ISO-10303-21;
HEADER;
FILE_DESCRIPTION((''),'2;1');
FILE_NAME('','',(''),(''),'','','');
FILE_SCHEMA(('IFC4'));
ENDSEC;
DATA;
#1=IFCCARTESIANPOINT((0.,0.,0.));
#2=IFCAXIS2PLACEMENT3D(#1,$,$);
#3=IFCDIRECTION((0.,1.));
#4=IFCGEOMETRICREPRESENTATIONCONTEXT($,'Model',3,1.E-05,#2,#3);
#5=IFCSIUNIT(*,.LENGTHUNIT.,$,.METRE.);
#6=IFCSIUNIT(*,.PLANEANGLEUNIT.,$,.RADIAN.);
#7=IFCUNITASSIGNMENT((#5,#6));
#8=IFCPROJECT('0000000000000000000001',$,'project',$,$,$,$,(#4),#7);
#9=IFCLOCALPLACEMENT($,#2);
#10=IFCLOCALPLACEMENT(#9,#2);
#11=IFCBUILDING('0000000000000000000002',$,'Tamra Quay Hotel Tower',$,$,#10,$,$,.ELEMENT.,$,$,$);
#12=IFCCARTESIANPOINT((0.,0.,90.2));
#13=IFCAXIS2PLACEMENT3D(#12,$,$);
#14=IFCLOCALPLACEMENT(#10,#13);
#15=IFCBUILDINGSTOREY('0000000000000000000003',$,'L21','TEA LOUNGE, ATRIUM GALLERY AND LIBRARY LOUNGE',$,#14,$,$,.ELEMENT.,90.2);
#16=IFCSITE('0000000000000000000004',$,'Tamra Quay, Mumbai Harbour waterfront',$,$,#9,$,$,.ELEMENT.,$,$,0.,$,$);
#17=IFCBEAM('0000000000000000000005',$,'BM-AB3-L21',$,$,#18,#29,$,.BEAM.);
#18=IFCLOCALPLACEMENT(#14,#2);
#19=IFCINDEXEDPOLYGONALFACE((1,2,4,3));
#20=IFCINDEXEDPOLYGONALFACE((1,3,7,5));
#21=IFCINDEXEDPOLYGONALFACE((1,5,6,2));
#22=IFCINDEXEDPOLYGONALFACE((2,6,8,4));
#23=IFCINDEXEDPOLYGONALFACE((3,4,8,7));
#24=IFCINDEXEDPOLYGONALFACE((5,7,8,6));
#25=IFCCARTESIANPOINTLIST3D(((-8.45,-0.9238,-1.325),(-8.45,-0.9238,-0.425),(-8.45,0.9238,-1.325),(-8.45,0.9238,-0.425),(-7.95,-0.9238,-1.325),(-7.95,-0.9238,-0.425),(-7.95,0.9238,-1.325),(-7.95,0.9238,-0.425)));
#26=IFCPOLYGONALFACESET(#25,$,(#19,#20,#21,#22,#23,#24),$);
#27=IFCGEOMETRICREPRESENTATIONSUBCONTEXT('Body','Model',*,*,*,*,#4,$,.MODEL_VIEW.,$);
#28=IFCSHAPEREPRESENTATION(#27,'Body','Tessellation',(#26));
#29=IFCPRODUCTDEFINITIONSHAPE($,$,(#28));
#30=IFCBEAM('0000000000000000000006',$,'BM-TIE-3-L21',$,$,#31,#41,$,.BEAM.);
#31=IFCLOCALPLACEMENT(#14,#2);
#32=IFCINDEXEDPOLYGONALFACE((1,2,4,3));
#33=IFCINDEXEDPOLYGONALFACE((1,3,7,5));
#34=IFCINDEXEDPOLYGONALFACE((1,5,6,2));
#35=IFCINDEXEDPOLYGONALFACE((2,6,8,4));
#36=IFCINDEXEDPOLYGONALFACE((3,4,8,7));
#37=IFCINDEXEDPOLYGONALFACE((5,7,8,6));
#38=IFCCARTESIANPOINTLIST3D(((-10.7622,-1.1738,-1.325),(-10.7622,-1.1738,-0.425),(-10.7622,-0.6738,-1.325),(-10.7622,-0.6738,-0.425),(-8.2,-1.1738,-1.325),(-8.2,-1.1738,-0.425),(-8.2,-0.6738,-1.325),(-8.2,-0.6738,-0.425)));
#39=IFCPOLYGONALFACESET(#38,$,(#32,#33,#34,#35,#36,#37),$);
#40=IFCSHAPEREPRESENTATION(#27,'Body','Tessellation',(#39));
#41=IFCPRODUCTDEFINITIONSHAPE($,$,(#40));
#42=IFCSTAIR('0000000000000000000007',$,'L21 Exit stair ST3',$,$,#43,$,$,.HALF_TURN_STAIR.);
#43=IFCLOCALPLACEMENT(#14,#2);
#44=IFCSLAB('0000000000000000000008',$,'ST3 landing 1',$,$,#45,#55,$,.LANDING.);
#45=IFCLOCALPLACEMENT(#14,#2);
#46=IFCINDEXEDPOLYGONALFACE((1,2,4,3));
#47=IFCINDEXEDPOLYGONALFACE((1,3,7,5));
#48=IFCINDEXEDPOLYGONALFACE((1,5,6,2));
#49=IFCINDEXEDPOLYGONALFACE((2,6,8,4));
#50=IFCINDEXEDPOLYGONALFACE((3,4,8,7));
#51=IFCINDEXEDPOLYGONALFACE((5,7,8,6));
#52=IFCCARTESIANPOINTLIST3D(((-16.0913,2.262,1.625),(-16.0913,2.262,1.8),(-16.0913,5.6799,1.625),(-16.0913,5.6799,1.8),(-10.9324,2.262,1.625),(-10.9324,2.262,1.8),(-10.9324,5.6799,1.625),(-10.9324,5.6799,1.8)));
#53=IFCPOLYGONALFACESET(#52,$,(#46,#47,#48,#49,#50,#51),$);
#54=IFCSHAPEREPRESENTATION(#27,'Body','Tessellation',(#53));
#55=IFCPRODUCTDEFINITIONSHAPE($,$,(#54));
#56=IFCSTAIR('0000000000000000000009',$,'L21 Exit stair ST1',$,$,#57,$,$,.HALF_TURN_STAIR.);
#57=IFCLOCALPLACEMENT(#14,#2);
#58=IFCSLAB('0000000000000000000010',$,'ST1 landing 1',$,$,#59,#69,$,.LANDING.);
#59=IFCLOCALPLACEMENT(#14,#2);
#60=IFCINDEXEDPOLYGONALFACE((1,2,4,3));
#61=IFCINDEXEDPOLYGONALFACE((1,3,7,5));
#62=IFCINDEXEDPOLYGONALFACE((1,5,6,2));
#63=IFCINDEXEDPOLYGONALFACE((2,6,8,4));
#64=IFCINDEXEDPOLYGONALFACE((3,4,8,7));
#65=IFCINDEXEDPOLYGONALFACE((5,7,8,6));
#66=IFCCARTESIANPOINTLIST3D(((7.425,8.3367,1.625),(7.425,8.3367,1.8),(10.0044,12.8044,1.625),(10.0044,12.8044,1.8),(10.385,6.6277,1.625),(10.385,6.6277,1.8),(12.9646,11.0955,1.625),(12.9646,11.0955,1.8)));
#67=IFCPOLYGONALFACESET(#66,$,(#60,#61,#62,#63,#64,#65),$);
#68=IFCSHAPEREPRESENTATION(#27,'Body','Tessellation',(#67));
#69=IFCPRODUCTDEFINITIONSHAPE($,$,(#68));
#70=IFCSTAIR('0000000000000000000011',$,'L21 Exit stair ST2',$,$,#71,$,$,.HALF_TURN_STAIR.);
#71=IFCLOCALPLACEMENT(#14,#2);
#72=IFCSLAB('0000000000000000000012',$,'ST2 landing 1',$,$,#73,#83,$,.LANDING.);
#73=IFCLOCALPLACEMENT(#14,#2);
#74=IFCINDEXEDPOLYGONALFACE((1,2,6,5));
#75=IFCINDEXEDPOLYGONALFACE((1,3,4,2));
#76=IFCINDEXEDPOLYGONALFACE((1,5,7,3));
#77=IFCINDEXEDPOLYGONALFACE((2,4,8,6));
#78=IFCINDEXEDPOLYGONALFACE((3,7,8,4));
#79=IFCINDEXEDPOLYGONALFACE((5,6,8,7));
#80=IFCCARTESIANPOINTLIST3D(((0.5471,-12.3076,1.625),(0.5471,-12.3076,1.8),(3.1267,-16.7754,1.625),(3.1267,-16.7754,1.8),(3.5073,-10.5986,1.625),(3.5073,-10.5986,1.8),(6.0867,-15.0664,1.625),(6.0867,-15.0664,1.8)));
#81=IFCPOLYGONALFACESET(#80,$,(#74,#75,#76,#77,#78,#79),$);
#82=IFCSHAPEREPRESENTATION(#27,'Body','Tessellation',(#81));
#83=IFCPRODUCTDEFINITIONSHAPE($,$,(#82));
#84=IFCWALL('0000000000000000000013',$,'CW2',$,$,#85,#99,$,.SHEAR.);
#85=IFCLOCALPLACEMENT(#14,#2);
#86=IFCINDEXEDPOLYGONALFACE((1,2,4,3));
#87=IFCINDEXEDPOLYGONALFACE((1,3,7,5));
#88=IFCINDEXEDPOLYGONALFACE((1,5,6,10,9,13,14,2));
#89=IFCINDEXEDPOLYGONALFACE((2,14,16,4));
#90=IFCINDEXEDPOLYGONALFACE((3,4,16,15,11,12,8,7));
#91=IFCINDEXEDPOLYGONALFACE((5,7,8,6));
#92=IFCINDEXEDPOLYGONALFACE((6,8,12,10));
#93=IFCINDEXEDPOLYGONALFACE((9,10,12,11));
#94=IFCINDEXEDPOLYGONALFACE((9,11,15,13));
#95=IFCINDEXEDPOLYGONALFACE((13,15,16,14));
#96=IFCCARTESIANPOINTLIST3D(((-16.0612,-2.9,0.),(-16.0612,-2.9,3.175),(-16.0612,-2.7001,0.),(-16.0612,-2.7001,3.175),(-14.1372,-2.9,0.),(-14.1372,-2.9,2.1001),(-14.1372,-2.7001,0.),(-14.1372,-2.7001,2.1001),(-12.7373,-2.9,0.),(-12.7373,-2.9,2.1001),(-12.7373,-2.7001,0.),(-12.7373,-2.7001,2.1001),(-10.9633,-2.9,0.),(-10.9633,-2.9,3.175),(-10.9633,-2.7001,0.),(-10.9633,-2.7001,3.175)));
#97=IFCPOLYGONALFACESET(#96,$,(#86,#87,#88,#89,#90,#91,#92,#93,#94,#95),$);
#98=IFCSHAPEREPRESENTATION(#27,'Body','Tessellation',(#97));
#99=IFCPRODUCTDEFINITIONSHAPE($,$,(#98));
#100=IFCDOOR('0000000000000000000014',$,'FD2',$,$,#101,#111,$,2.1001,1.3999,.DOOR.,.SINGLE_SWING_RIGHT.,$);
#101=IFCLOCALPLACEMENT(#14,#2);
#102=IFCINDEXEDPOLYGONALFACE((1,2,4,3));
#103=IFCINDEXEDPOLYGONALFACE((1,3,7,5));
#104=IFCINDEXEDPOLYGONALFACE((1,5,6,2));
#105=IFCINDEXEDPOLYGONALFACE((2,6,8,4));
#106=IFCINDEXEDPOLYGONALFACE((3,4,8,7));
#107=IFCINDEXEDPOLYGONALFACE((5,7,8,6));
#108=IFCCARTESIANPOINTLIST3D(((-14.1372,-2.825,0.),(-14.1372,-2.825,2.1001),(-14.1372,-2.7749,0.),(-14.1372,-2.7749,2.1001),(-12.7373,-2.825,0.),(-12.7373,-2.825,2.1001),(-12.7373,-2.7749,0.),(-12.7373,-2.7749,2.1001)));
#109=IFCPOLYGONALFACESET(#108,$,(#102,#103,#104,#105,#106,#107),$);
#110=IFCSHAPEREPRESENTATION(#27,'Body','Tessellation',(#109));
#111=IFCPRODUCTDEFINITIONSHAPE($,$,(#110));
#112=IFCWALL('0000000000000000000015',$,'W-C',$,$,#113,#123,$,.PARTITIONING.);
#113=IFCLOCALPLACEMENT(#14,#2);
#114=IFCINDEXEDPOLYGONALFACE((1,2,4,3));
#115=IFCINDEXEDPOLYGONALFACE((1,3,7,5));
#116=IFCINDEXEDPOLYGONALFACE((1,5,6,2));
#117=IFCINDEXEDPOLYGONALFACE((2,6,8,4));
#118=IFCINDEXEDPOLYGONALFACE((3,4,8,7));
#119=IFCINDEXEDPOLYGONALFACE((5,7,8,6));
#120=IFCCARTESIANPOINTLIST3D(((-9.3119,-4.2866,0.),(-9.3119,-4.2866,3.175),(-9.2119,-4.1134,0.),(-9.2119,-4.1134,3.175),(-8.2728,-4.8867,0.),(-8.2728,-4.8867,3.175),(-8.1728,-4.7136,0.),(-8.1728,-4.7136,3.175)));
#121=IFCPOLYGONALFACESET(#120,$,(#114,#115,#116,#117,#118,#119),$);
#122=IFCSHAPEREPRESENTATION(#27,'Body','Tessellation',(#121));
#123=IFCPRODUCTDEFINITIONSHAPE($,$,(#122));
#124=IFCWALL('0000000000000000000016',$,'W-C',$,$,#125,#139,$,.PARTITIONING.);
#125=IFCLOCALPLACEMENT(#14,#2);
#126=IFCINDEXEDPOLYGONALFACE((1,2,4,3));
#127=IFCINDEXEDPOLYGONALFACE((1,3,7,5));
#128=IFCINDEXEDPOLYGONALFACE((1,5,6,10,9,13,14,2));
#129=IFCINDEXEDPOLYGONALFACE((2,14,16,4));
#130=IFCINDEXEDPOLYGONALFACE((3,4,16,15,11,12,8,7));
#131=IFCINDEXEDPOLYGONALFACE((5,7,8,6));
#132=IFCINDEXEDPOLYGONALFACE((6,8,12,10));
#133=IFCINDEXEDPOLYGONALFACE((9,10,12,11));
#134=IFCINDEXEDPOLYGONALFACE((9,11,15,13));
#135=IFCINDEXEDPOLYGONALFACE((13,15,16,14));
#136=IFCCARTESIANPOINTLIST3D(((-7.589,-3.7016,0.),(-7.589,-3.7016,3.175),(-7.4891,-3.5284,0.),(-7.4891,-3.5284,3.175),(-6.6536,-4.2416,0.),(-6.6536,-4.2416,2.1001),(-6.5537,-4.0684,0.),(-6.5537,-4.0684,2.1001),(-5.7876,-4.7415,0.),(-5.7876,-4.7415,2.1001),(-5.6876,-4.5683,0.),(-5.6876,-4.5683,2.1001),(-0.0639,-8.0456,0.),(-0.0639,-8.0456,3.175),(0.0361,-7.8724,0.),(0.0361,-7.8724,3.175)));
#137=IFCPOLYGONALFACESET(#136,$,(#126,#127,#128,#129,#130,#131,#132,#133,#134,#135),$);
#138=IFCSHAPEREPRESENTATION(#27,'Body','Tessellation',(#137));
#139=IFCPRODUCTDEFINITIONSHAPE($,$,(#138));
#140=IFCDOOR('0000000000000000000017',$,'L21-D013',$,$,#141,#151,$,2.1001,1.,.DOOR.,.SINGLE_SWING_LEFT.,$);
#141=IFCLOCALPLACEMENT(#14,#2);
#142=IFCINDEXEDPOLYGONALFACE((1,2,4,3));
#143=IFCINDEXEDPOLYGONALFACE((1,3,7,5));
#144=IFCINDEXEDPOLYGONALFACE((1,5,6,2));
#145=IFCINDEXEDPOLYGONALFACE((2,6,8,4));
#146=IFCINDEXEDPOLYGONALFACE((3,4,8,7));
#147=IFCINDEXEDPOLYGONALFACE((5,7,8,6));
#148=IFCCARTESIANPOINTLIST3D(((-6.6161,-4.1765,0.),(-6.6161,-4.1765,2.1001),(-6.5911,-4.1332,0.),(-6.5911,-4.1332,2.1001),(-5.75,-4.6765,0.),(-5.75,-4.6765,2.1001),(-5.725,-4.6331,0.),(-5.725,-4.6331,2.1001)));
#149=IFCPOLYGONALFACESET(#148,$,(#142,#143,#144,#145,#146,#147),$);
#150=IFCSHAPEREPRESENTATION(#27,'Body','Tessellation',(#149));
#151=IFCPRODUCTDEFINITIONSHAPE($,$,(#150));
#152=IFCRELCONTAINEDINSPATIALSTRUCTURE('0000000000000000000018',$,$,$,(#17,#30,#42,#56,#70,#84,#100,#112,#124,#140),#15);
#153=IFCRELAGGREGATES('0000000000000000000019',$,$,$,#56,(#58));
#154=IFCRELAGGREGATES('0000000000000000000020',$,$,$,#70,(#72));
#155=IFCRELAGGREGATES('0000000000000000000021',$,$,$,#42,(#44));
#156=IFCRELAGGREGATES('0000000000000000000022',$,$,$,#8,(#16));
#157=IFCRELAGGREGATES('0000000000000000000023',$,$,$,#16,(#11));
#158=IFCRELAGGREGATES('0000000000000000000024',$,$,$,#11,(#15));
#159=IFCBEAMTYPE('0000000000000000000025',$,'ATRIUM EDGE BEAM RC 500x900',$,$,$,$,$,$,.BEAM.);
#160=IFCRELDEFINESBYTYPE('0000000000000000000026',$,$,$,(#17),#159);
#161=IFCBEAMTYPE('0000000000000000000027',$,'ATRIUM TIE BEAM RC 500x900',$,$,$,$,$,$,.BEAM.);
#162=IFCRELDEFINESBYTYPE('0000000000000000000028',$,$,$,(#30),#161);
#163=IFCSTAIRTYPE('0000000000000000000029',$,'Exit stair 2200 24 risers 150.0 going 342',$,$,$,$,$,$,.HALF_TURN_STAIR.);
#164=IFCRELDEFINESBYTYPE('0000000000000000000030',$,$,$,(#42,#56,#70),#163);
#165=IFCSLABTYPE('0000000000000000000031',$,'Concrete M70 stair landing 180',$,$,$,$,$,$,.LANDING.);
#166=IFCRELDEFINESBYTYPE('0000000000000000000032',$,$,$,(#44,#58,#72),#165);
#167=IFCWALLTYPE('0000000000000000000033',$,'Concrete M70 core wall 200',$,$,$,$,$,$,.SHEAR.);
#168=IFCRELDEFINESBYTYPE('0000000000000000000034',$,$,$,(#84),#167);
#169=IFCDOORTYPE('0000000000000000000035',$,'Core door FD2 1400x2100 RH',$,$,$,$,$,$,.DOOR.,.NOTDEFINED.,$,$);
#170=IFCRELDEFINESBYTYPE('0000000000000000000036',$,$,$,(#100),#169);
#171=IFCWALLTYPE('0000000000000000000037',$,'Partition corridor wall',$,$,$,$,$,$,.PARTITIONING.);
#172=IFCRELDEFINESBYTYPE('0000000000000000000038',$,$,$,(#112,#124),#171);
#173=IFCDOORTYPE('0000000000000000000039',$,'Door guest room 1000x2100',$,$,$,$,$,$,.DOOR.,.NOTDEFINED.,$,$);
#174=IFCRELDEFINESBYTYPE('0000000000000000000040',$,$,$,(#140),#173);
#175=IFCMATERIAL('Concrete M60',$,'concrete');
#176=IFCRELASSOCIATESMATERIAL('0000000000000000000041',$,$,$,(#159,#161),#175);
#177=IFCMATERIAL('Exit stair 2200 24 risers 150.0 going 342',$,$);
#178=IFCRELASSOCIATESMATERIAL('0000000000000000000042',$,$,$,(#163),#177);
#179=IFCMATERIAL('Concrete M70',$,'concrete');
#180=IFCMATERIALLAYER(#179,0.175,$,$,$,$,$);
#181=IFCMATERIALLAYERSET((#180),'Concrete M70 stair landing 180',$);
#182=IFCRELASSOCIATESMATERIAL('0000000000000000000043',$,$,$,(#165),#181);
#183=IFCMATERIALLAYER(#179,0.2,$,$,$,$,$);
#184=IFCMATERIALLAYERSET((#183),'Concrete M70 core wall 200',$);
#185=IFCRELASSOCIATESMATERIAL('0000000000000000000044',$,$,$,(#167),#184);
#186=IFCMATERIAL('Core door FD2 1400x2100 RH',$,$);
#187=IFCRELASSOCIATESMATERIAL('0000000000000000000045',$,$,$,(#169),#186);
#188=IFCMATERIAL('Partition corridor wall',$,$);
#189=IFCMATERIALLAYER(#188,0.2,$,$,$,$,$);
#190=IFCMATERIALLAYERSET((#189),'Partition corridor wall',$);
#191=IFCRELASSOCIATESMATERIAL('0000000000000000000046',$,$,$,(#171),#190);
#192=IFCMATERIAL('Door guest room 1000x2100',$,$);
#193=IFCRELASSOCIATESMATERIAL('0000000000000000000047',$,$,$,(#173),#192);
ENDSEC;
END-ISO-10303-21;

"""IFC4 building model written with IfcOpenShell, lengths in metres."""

from ifc_helpers import new_model, si_unit, direction, frame, frame_2d, origin, origin_2d, place, context, subcontext, project, spatial, polyline, rectangle, outline, extrude, material, layer, layer_set, material_profile, profile_set, type_object, element, fill, aggregate, save


model = new_model("IFC4")

# Units and contexts
model_context = context("Model", 3, precision=1e-05, world=origin(), true_north=direction((0.0, 1.0)))
body_context = subcontext(model_context, "Body", "Model", "MODEL_VIEW")
ifc_project = project(units=[si_unit("LENGTHUNIT", "METRE"), si_unit("PLANEANGLEUNIT", "RADIAN")], contexts=[model_context])

# Site, building, storey
site_placement = place(None, origin())
site = spatial("IfcSite", under=ifc_project, at=site_placement, Name="Tamra Quay, Mumbai Harbour waterfront", CompositionType="ELEMENT", RefElevation=0.0)
building_placement = place(site_placement, origin())
building = spatial("IfcBuilding", under=site, at=building_placement, Name="Tamra Quay Hotel Tower", CompositionType="ELEMENT")
storey_placement = place(building_placement, frame((0.0, 0.0, 90.2)))
storey = spatial("IfcBuildingStorey", under=building, at=storey_placement, Name="L21", Description="TEA LOUNGE, ATRIUM GALLERY AND LIBRARY LOUNGE", CompositionType="ELEMENT", Elevation=90.2)

# Beams
ifc_material_1 = material(Name="Concrete M60", Category="concrete")
ifc_material_profile_1 = material_profile(ifc_material_1, rectangle(XDim=0.5, YDim=0.8999, at=origin_2d()), Name="ATRIUM EDGE BEAM RC 500x900")
ifc_profile_set_1 = profile_set([ifc_material_profile_1], Name="Concrete M60")
beam_type_1 = type_object("IfcBeamType", Name="ATRIUM EDGE BEAM RC 500x900", PredefinedType="BEAM", material=ifc_profile_set_1)
beam_1_placement = place(storey_placement, frame((-8.2, -0.9238, -0.875), z_axis=(0.0, 1.0, 0.0), x_axis=(-1.0, 0.0, 0.0)))
element("IfcBeam", 1, at=beam_1_placement, inside=storey, type_object=beam_type_1, Name="BM-AB3-L21", PredefinedType="BEAM", context=body_context, shape_type="SweptSolid", body=[
    extrude(rectangle(XDim=0.5, YDim=0.8999, at=origin_2d()), origin(), (0.0, 0.0, 1.0), 1.8477),
])
ifc_material_profile_2 = material_profile(ifc_material_1, rectangle(XDim=0.5, YDim=0.8999, at=origin_2d()), Name="ATRIUM TIE BEAM RC 500x900")
ifc_profile_set_2 = profile_set([ifc_material_profile_2], Name="Concrete M60")
beam_type_2 = type_object("IfcBeamType", Name="ATRIUM TIE BEAM RC 500x900", PredefinedType="BEAM", material=ifc_profile_set_2)
beam_2_placement = place(storey_placement, frame((-8.2, -0.9238, -0.875), z_axis=(-1.0, 0.0, 0.0), x_axis=(0.0, -1.0, 0.0)))
element("IfcBeam", 2, at=beam_2_placement, inside=storey, type_object=beam_type_2, Name="BM-TIE-3-L21", PredefinedType="BEAM", context=body_context, shape_type="SweptSolid", body=[
    extrude(rectangle(XDim=0.5, YDim=0.8999, at=origin_2d()), origin(), (0.0, 0.0, 1.0), 2.5623),
])

# Stairs, slabs
ifc_material_2 = material(Name="Exit stair 2200 24 risers 150.0 going 342")
stair_type = type_object("IfcStairType", Name="Exit stair 2200 24 risers 150.0 going 342", PredefinedType="HALF_TURN_STAIR", material=ifc_material_2)
stair_1_placement = place(storey_placement, origin())
stair_1 = element("IfcStair", 3, at=stair_1_placement, inside=storey, type_object=stair_type, Name="L21 Exit stair ST3", PredefinedType="HALF_TURN_STAIR")
ifc_material_3 = material(Name="Concrete M70", Category="concrete")
ifc_layer_1 = layer(ifc_material_3, 0.175)
ifc_layer_set_1 = layer_set([ifc_layer_1], Name="Concrete M70 stair landing 180")
slab_type_1 = type_object("IfcSlabType", Name="Concrete M70 stair landing 180", PredefinedType="LANDING", material=ifc_layer_set_1)
slab_1_placement = place(storey_placement, frame((0.0, 0.0, 1.625)))
slab_1 = element("IfcSlab", 4, at=slab_1_placement, type_object=slab_type_1, Name="ST3 landing 1", PredefinedType="LANDING", context=body_context, shape_type="SweptSolid", body=[
    extrude(outline(polyline([(-10.9324, 2.262), (-10.9324, 5.6799), (-16.0913, 5.6799), (-16.0913, 2.262), (-10.9324, 2.262)])), origin(), (0.0, 0.0, 1.0), 0.175),
])
stair_2_placement = place(storey_placement, origin())
stair_2 = element("IfcStair", 5, at=stair_2_placement, inside=storey, type_object=stair_type, Name="L21 Exit stair ST1", PredefinedType="HALF_TURN_STAIR")
slab_2_placement = place(storey_placement, frame((0.0, 0.0, 1.625)))
slab_2 = element("IfcSlab", 6, at=slab_2_placement, type_object=slab_type_1, Name="ST1 landing 1", PredefinedType="LANDING", context=body_context, shape_type="SweptSolid", body=[
    extrude(outline(polyline([(7.425, 8.3367), (10.385, 6.6277), (12.9646, 11.0955), (10.0044, 12.8044), (7.425, 8.3367)])), origin(), (0.0, 0.0, 1.0), 0.175),
])
aggregate(stair_2, [slab_2])
stair_3_placement = place(storey_placement, origin())
stair_3 = element("IfcStair", 7, at=stair_3_placement, inside=storey, type_object=stair_type, Name="L21 Exit stair ST2", PredefinedType="HALF_TURN_STAIR")
slab_3_placement = place(storey_placement, frame((0.0, 0.0, 1.625)))
slab_3 = element("IfcSlab", 8, at=slab_3_placement, type_object=slab_type_1, Name="ST2 landing 1", PredefinedType="LANDING", context=body_context, shape_type="SweptSolid", body=[
    extrude(outline(polyline([(3.5073, -10.5986), (0.5471, -12.3076), (3.1267, -16.7754), (6.0867, -15.0664), (3.5073, -10.5986)])), origin(), (0.0, 0.0, 1.0), 0.175),
])
aggregate(stair_3, [slab_3])

# Wall, opening, door
ifc_layer_2 = layer(ifc_material_3, 0.2)
ifc_layer_set_2 = layer_set([ifc_layer_2], Name="Concrete M70 core wall 200")
wall_type_1 = type_object("IfcWallType", Name="Concrete M70 core wall 200", PredefinedType="SHEAR", material=ifc_layer_set_2)
wall_1_placement = place(storey_placement, frame((-10.9634, -2.8, 0.0), z_axis=(0.0, 0.0, 1.0), x_axis=(-1.0, 0.0, 0.0)))
wall_1 = element("IfcWall", 9, at=wall_1_placement, inside=storey, type_object=wall_type_1, Name="CW2", PredefinedType="SHEAR", context=body_context, shape_type="SweptSolid", body=[
    extrude(rectangle(XDim=5.0979, YDim=0.2, at=frame_2d((2.5488, 0.0))), origin(), (0.0, 0.0, 1.0), 3.175),
])
opening_1_placement = place(wall_1_placement, frame((1.7739, 0.0, 0.0)))
opening_1 = element("IfcOpeningElement", 10, at=opening_1_placement, cuts=wall_1, PredefinedType="OPENING", context=body_context, shape_type="SweptSolid", body=[
    extrude(rectangle(XDim=1.3999, YDim=2.1001, at=frame_2d((0.7, 1.05))), frame((0.0, 0.1099, 0.0), z_axis=(0.0, -1.0, 0.0), x_axis=(1.0, 0.0, 0.0)), (0.0, 0.0, 1.0), 0.22),
])
ifc_material_4 = material(Name="Core door FD2 1400x2100 RH")
door_type_1 = type_object("IfcDoorType", Name="Core door FD2 1400x2100 RH", OperationType="NOTDEFINED", PredefinedType="DOOR", material=ifc_material_4)
door_1_placement = place(opening_1_placement, origin())
door_1 = element("IfcDoor", 11, at=door_1_placement, inside=storey, type_object=door_type_1, Name="FD2", OperationType="SINGLE_SWING_RIGHT", OverallHeight=2.1001, OverallWidth=1.3999, PredefinedType="DOOR", context=body_context, shape_type="SweptSolid", body=[
    extrude(rectangle(XDim=1.3999, YDim=2.1001, at=frame_2d((0.7, 1.05))), frame((0.0, 0.0249, 0.0), z_axis=(0.0, -1.0, 0.0), x_axis=(1.0, 0.0, 0.0)), (0.0, 0.0, 1.0), 0.05),
])
fill(opening_1, door_1)

# Wall
ifc_material_5 = material(Name="Partition corridor wall")
ifc_layer_3 = layer(ifc_material_5, 0.2)
ifc_layer_set_3 = layer_set([ifc_layer_3], Name="Partition corridor wall")
wall_type_2 = type_object("IfcWallType", Name="Partition corridor wall", PredefinedType="PARTITIONING", material=ifc_layer_set_3)
wall_2_placement = place(storey_placement, frame((-9.262, -4.2, 0.0), z_axis=(0.0, 0.0, 1.0), x_axis=(0.865955, -0.500122, 0.0)))
element("IfcWall", 12, at=wall_2_placement, inside=storey, type_object=wall_type_2, Name="W-C", PredefinedType="PARTITIONING", context=body_context, shape_type="SweptSolid", body=[
    extrude(rectangle(XDim=1.2, YDim=0.2, at=frame_2d((0.6001, 0.0))), origin(), (0.0, 0.0, 1.0), 3.175),
])

# Wall, opening, door
wall_3_placement = place(storey_placement, frame((-7.5391, -3.615, 0.0), z_axis=(0.0, 0.0, 1.0), x_axis=(0.866058, -0.499944, 0.0)))
wall_3 = element("IfcWall", 13, at=wall_3_placement, inside=storey, type_object=wall_type_2, Name="W-C", PredefinedType="PARTITIONING", context=body_context, shape_type="SweptSolid", body=[
    extrude(rectangle(XDim=8.689, YDim=0.2, at=frame_2d((4.3445, 0.0))), origin(), (0.0, 0.0, 1.0), 3.175),
])
opening_2_placement = place(wall_3_placement, frame((1.0801, 0.0, 0.0)))
opening_2 = element("IfcOpeningElement", 14, at=opening_2_placement, cuts=wall_3, PredefinedType="OPENING", context=body_context, shape_type="SweptSolid", body=[
    extrude(rectangle(XDim=1.0, YDim=2.1001, at=frame_2d((0.5, 1.05))), frame((0.0, 0.1099, 0.0), z_axis=(0.0, -1.0, 0.0), x_axis=(1.0, 0.0, 0.0)), (0.0, 0.0, 1.0), 0.22),
])
ifc_material_6 = material(Name="Door guest room 1000x2100")
door_type_2 = type_object("IfcDoorType", Name="Door guest room 1000x2100", OperationType="NOTDEFINED", PredefinedType="DOOR", material=ifc_material_6)
door_2_placement = place(opening_2_placement, frame((1.0, 0.0, 0.0), z_axis=(0.0, 0.0, 1.0), x_axis=(-1.0, 0.0, 0.0)))
door_2 = element("IfcDoor", 15, at=door_2_placement, inside=storey, type_object=door_type_2, Name="L21-D013", OperationType="SINGLE_SWING_LEFT", OverallHeight=2.1001, OverallWidth=1.0, PredefinedType="DOOR", context=body_context, shape_type="SweptSolid", body=[
    extrude(rectangle(XDim=1.0, YDim=2.1001, at=frame_2d((0.5, 1.05))), frame((0.0, 0.0249, 0.0), z_axis=(0.0, -1.0, 0.0), x_axis=(1.0, 0.0, 0.0)), (0.0, 0.0, 1.0), 0.05),
])
fill(opening_2, door_2)

aggregate(stair_1, [slab_1])

save(model, "model.ifc")
